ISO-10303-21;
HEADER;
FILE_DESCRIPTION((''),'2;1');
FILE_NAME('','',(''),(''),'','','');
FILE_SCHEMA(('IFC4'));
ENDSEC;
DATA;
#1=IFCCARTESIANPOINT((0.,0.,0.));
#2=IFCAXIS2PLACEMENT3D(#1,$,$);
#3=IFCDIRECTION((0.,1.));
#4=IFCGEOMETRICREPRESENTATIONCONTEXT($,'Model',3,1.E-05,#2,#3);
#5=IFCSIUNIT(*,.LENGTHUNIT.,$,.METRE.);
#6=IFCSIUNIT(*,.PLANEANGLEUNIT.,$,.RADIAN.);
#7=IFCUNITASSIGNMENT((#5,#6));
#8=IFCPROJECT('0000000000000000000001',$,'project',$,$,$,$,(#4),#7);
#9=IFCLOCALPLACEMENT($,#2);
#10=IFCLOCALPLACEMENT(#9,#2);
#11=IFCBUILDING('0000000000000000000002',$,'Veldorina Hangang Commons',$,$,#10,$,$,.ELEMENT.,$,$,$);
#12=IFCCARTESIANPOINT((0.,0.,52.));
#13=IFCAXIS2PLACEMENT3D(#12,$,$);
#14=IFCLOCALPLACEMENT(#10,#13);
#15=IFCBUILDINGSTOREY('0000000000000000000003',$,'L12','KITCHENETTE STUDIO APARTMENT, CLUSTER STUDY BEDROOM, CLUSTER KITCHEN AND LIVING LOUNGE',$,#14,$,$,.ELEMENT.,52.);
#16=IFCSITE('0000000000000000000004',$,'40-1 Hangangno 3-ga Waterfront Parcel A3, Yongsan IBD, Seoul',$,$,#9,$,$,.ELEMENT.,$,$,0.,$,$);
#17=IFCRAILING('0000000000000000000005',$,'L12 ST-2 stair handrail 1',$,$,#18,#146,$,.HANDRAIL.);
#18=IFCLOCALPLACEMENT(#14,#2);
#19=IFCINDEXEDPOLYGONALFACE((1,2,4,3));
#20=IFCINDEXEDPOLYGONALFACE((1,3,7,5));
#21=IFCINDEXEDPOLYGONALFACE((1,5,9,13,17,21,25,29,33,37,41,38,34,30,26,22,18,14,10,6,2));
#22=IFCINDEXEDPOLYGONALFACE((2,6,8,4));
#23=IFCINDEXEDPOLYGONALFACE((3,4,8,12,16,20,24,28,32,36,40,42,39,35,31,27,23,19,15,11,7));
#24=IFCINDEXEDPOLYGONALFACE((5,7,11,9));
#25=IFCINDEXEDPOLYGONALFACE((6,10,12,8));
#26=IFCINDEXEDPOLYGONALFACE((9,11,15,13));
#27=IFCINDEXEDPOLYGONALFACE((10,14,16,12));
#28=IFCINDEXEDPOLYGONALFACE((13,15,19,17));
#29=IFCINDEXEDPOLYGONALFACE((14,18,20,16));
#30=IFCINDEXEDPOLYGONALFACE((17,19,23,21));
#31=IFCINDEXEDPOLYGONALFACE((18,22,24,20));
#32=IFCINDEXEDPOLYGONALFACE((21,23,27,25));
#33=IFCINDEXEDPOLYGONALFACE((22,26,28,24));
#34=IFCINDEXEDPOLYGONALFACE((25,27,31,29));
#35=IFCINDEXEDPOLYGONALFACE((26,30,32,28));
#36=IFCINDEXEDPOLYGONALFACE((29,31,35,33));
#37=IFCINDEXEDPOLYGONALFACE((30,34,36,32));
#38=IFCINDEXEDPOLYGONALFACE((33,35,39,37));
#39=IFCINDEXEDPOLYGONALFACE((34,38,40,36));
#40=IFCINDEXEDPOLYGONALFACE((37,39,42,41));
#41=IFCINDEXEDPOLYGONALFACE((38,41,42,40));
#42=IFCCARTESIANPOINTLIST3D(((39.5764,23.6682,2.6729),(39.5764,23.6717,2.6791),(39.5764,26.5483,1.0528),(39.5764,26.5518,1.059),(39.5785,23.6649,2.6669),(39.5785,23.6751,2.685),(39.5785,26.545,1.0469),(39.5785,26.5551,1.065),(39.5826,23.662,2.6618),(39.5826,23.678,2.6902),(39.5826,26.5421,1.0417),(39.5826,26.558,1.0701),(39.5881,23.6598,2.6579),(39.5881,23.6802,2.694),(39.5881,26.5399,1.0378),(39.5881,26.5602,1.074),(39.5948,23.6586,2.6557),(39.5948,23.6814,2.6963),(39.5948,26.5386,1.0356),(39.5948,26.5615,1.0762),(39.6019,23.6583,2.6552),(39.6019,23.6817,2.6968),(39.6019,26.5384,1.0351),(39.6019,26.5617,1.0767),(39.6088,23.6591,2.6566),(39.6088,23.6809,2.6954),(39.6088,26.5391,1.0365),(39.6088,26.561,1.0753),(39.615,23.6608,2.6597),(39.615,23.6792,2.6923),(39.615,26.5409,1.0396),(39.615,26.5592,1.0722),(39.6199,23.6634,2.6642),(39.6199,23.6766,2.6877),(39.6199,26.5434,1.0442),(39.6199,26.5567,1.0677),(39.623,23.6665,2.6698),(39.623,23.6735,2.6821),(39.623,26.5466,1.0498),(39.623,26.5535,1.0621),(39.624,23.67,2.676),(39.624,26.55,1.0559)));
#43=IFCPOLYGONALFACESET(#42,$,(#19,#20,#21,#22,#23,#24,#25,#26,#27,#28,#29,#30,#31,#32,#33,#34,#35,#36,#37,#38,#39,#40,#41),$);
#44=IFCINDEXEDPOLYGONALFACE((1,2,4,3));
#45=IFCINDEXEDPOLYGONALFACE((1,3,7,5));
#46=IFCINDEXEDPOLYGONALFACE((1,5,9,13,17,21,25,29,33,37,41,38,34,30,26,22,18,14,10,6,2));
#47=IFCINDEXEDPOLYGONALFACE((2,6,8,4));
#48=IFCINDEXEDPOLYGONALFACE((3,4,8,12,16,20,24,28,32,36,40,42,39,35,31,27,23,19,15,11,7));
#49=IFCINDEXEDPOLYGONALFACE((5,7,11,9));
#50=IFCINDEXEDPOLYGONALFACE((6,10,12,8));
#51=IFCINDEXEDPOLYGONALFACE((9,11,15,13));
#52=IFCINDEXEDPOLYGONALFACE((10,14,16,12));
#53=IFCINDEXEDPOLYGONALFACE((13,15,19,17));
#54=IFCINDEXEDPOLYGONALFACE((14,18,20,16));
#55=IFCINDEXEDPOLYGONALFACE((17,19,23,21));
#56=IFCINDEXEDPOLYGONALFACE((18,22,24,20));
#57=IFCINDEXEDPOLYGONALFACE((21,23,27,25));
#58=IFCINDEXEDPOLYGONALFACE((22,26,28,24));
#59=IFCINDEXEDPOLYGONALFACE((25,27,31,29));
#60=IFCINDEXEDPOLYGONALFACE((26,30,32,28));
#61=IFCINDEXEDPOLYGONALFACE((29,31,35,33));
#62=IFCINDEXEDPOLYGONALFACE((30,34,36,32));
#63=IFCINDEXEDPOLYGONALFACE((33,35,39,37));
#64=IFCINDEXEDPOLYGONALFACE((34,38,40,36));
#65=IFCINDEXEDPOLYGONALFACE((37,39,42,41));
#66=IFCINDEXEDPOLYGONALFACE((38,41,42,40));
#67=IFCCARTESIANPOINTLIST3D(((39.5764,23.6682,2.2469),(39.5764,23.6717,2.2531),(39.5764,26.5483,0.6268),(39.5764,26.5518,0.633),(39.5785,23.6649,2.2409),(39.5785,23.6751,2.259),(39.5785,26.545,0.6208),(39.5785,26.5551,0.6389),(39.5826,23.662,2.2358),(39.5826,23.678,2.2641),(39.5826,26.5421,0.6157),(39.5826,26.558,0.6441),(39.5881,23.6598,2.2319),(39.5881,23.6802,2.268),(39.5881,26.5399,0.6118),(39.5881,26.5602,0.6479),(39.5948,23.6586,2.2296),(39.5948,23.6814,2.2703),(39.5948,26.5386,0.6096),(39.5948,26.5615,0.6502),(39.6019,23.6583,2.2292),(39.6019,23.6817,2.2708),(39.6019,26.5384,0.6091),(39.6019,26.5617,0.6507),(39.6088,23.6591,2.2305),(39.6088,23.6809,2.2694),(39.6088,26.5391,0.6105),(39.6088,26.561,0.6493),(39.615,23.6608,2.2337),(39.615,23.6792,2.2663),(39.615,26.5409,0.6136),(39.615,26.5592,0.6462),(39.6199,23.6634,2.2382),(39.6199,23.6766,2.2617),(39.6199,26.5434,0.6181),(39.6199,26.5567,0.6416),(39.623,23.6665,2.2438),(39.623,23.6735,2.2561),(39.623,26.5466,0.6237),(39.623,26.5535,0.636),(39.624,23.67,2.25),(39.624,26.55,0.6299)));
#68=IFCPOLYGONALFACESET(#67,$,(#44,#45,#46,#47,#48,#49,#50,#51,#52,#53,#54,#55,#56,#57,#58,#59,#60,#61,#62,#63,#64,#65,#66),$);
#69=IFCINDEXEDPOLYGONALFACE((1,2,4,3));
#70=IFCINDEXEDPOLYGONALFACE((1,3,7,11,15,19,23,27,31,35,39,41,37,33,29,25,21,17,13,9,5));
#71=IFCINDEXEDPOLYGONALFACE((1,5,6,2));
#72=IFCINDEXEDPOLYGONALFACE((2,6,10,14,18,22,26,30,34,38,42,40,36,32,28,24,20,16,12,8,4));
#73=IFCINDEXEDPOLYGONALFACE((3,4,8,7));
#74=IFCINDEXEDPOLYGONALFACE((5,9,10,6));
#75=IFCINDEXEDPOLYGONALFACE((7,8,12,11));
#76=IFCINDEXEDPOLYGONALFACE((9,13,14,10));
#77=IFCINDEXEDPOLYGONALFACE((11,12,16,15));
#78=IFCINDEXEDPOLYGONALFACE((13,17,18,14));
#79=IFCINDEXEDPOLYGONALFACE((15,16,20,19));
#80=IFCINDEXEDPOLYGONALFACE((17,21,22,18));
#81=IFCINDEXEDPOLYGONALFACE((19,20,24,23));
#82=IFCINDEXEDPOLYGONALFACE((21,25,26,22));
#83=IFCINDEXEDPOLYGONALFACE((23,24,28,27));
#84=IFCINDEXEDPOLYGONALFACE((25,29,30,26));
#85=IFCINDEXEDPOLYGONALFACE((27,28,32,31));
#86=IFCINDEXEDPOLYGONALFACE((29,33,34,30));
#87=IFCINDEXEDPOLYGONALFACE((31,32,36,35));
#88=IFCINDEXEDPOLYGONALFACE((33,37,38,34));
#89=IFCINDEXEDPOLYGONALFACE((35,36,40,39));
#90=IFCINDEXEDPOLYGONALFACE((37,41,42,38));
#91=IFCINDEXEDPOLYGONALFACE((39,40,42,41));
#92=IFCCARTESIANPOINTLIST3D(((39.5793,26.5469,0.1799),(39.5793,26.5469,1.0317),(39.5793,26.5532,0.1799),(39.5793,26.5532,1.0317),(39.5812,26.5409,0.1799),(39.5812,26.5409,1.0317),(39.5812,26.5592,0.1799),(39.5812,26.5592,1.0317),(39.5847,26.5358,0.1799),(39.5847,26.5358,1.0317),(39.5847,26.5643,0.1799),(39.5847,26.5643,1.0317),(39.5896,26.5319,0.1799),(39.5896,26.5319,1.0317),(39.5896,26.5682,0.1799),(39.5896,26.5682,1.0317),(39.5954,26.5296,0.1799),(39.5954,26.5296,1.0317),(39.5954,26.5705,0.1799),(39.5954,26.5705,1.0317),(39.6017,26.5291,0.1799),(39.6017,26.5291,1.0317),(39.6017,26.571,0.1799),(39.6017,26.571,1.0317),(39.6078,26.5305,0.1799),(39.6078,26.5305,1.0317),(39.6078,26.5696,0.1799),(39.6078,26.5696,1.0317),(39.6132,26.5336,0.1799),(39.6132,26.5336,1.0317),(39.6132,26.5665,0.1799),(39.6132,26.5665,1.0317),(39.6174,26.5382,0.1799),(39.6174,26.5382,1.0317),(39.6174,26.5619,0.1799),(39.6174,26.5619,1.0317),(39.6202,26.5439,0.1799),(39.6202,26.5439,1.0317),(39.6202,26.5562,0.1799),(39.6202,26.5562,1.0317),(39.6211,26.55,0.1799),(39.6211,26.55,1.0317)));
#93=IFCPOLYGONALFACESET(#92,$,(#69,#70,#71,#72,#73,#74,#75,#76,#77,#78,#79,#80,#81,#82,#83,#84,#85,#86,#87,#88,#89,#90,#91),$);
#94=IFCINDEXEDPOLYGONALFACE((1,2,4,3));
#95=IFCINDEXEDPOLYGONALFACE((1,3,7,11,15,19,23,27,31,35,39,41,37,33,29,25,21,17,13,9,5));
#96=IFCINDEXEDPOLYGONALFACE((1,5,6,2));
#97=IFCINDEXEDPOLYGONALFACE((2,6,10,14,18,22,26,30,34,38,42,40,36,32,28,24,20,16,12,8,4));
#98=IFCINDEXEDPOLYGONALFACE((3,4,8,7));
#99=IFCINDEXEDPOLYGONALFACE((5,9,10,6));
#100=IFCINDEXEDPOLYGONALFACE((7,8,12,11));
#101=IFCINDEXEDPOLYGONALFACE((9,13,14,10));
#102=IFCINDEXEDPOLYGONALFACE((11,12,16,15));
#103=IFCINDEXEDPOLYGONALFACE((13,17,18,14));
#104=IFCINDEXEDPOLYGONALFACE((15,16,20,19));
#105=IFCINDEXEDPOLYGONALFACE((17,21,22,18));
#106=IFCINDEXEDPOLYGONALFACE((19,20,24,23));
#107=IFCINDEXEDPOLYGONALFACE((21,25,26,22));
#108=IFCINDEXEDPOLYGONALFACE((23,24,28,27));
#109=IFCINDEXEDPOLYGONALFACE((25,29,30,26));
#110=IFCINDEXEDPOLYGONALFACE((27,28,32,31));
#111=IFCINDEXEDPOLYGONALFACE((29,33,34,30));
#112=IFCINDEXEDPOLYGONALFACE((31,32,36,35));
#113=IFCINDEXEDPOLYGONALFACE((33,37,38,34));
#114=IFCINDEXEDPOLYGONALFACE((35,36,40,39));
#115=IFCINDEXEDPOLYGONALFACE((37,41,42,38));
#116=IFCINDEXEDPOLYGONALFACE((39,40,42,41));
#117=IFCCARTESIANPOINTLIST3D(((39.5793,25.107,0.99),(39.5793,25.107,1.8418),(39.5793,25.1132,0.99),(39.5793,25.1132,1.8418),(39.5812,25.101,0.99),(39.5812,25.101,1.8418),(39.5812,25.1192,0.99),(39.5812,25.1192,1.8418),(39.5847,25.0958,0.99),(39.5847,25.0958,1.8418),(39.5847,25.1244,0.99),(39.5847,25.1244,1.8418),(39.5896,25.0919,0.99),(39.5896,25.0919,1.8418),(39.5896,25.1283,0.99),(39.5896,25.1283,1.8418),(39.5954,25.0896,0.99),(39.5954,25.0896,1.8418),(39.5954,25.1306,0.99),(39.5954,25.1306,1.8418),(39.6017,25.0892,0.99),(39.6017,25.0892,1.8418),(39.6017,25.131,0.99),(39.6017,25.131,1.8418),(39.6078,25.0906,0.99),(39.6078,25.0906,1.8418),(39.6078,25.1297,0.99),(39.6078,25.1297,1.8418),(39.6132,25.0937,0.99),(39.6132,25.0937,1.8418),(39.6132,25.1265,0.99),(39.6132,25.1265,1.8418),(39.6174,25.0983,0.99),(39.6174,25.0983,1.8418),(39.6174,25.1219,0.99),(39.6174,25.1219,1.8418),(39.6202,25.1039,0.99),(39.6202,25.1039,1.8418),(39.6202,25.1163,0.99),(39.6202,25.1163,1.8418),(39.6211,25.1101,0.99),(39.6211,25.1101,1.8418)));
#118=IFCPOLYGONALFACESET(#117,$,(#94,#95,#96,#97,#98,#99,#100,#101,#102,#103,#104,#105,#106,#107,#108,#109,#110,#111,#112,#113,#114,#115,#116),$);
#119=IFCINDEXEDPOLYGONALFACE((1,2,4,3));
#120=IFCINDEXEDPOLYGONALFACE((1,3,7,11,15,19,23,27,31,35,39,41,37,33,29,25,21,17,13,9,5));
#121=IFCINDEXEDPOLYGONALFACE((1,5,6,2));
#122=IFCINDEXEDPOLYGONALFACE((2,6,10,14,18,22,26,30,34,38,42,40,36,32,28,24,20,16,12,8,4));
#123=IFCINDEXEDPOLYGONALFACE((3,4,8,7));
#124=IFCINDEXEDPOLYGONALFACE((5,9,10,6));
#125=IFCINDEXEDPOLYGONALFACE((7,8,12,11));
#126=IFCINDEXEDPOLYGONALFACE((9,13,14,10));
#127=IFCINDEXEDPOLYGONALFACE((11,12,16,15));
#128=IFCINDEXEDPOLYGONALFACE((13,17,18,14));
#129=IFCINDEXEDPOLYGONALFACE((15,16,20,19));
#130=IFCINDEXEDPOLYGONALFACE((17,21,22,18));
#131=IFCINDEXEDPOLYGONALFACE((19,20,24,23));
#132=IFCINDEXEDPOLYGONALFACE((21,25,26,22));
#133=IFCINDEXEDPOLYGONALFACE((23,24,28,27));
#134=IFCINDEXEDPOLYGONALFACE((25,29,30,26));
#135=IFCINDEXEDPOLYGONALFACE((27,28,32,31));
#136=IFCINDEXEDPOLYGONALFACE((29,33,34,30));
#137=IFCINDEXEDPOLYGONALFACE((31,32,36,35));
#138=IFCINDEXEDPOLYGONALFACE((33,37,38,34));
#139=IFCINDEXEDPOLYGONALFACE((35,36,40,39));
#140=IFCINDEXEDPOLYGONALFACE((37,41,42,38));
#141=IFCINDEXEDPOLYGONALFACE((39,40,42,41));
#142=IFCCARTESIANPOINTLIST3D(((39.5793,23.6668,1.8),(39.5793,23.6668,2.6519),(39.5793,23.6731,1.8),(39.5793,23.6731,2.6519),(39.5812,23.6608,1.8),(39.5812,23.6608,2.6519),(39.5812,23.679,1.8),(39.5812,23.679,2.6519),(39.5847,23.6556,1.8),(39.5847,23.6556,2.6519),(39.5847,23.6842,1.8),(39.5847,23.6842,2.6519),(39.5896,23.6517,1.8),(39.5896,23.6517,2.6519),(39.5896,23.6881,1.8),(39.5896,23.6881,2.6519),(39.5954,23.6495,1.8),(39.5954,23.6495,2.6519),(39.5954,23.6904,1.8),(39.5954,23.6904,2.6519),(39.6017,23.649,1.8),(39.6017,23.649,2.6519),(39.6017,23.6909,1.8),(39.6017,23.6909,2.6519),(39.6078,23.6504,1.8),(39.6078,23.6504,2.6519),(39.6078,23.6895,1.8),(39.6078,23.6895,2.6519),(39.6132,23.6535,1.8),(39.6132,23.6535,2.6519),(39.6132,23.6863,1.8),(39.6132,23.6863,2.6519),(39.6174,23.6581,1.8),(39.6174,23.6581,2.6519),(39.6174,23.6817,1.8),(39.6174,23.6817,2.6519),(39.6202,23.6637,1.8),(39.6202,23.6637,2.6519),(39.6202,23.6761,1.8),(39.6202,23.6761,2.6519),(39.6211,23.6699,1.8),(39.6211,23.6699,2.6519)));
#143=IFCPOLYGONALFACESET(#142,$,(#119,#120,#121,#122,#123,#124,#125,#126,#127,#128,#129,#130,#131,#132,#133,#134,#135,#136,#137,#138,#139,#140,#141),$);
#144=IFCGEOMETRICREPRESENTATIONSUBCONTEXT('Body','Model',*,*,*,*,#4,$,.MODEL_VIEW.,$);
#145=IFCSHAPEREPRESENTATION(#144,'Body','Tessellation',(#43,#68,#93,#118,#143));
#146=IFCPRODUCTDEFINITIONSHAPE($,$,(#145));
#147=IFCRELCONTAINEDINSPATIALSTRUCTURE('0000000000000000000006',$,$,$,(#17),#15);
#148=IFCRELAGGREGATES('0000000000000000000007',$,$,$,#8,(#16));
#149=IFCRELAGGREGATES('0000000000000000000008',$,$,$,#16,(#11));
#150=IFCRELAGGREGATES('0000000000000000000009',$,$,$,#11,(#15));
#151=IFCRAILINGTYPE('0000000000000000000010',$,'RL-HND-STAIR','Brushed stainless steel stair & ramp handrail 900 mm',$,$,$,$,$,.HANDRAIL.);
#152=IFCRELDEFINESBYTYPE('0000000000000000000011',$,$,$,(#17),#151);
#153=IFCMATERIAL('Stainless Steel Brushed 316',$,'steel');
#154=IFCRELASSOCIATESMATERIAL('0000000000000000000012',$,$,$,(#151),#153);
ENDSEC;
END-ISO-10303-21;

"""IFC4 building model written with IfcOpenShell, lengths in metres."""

from ifc_helpers import new_model, si_unit, direction, frame, origin, origin_2d, place, context, subcontext, project, spatial, circle, extrude, material, type_object, element, save


model = new_model("IFC4")

# Units and contexts
model_context = context("Model", 3, precision=1e-05, world=origin(), true_north=direction((0.0, 1.0)))
body_context = subcontext(model_context, "Body", "Model", "MODEL_VIEW")
ifc_project = project(units=[si_unit("LENGTHUNIT", "METRE"), si_unit("PLANEANGLEUNIT", "RADIAN")], contexts=[model_context])

# Site, building, storey
site_placement = place(None, origin())
site = spatial("IfcSite", under=ifc_project, at=site_placement, Name="40-1 Hangangno 3-ga Waterfront Parcel A3, Yongsan IBD, Seoul", CompositionType="ELEMENT", RefElevation=0.0)
building_placement = place(site_placement, origin())
building = spatial("IfcBuilding", under=site, at=building_placement, Name="Veldorina Hangang Commons", CompositionType="ELEMENT")
storey_placement = place(building_placement, frame((0.0, 0.0, 52.0)))
storey = spatial("IfcBuildingStorey", under=building, at=storey_placement, Name="L12", Description="KITCHENETTE STUDIO APARTMENT, CLUSTER STUDY BEDROOM, CLUSTER KITCHEN AND LIVING LOUNGE", CompositionType="ELEMENT", Elevation=52.0)

# Railing
ifc_material_1 = material(Name="Stainless Steel Brushed 316", Category="steel")
railing_type_1 = type_object("IfcRailingType", Name="RL-HND-STAIR", Description="Brushed stainless steel stair & ramp handrail 900 mm", PredefinedType="HANDRAIL", material=ifc_material_1)
railing_1_placement = place(storey_placement, frame((39.6001, 26.55, 0.1799)))
element("IfcRailing", 1, at=railing_1_placement, inside=storey, type_object=railing_type_1, Name="L12 ST-2 stair handrail 1", PredefinedType="HANDRAIL", context=body_context, shape_type="SweptSolid", body=[
    extrude(circle(Radius=0.0239, at=origin_2d()), frame((0.0, 0.0, 0.876), z_axis=(0.0, -0.87157, 0.490272), x_axis=(1.0, 0.0, 0.0)), (0.0, 0.0, 1.0), 3.3044),
    extrude(circle(Radius=0.0239, at=origin_2d()), frame((0.0, 0.0, 0.45), z_axis=(0.0, -0.87157, 0.490272), x_axis=(1.0, 0.0, 0.0)), (0.0, 0.0, 1.0), 3.3044),
    extrude(circle(Radius=0.021, at=origin_2d()), origin(), (0.0, 0.0, 1.0), 0.8518),
    extrude(circle(Radius=0.021, at=origin_2d()), frame((0.0, -1.4399, 0.8101)), (0.0, 0.0, 1.0), 0.8518),
    extrude(circle(Radius=0.021, at=origin_2d()), frame((0.0, -2.8801, 1.6201)), (0.0, 0.0, 1.0), 0.8518),
])

save(model, "model.ifc")
